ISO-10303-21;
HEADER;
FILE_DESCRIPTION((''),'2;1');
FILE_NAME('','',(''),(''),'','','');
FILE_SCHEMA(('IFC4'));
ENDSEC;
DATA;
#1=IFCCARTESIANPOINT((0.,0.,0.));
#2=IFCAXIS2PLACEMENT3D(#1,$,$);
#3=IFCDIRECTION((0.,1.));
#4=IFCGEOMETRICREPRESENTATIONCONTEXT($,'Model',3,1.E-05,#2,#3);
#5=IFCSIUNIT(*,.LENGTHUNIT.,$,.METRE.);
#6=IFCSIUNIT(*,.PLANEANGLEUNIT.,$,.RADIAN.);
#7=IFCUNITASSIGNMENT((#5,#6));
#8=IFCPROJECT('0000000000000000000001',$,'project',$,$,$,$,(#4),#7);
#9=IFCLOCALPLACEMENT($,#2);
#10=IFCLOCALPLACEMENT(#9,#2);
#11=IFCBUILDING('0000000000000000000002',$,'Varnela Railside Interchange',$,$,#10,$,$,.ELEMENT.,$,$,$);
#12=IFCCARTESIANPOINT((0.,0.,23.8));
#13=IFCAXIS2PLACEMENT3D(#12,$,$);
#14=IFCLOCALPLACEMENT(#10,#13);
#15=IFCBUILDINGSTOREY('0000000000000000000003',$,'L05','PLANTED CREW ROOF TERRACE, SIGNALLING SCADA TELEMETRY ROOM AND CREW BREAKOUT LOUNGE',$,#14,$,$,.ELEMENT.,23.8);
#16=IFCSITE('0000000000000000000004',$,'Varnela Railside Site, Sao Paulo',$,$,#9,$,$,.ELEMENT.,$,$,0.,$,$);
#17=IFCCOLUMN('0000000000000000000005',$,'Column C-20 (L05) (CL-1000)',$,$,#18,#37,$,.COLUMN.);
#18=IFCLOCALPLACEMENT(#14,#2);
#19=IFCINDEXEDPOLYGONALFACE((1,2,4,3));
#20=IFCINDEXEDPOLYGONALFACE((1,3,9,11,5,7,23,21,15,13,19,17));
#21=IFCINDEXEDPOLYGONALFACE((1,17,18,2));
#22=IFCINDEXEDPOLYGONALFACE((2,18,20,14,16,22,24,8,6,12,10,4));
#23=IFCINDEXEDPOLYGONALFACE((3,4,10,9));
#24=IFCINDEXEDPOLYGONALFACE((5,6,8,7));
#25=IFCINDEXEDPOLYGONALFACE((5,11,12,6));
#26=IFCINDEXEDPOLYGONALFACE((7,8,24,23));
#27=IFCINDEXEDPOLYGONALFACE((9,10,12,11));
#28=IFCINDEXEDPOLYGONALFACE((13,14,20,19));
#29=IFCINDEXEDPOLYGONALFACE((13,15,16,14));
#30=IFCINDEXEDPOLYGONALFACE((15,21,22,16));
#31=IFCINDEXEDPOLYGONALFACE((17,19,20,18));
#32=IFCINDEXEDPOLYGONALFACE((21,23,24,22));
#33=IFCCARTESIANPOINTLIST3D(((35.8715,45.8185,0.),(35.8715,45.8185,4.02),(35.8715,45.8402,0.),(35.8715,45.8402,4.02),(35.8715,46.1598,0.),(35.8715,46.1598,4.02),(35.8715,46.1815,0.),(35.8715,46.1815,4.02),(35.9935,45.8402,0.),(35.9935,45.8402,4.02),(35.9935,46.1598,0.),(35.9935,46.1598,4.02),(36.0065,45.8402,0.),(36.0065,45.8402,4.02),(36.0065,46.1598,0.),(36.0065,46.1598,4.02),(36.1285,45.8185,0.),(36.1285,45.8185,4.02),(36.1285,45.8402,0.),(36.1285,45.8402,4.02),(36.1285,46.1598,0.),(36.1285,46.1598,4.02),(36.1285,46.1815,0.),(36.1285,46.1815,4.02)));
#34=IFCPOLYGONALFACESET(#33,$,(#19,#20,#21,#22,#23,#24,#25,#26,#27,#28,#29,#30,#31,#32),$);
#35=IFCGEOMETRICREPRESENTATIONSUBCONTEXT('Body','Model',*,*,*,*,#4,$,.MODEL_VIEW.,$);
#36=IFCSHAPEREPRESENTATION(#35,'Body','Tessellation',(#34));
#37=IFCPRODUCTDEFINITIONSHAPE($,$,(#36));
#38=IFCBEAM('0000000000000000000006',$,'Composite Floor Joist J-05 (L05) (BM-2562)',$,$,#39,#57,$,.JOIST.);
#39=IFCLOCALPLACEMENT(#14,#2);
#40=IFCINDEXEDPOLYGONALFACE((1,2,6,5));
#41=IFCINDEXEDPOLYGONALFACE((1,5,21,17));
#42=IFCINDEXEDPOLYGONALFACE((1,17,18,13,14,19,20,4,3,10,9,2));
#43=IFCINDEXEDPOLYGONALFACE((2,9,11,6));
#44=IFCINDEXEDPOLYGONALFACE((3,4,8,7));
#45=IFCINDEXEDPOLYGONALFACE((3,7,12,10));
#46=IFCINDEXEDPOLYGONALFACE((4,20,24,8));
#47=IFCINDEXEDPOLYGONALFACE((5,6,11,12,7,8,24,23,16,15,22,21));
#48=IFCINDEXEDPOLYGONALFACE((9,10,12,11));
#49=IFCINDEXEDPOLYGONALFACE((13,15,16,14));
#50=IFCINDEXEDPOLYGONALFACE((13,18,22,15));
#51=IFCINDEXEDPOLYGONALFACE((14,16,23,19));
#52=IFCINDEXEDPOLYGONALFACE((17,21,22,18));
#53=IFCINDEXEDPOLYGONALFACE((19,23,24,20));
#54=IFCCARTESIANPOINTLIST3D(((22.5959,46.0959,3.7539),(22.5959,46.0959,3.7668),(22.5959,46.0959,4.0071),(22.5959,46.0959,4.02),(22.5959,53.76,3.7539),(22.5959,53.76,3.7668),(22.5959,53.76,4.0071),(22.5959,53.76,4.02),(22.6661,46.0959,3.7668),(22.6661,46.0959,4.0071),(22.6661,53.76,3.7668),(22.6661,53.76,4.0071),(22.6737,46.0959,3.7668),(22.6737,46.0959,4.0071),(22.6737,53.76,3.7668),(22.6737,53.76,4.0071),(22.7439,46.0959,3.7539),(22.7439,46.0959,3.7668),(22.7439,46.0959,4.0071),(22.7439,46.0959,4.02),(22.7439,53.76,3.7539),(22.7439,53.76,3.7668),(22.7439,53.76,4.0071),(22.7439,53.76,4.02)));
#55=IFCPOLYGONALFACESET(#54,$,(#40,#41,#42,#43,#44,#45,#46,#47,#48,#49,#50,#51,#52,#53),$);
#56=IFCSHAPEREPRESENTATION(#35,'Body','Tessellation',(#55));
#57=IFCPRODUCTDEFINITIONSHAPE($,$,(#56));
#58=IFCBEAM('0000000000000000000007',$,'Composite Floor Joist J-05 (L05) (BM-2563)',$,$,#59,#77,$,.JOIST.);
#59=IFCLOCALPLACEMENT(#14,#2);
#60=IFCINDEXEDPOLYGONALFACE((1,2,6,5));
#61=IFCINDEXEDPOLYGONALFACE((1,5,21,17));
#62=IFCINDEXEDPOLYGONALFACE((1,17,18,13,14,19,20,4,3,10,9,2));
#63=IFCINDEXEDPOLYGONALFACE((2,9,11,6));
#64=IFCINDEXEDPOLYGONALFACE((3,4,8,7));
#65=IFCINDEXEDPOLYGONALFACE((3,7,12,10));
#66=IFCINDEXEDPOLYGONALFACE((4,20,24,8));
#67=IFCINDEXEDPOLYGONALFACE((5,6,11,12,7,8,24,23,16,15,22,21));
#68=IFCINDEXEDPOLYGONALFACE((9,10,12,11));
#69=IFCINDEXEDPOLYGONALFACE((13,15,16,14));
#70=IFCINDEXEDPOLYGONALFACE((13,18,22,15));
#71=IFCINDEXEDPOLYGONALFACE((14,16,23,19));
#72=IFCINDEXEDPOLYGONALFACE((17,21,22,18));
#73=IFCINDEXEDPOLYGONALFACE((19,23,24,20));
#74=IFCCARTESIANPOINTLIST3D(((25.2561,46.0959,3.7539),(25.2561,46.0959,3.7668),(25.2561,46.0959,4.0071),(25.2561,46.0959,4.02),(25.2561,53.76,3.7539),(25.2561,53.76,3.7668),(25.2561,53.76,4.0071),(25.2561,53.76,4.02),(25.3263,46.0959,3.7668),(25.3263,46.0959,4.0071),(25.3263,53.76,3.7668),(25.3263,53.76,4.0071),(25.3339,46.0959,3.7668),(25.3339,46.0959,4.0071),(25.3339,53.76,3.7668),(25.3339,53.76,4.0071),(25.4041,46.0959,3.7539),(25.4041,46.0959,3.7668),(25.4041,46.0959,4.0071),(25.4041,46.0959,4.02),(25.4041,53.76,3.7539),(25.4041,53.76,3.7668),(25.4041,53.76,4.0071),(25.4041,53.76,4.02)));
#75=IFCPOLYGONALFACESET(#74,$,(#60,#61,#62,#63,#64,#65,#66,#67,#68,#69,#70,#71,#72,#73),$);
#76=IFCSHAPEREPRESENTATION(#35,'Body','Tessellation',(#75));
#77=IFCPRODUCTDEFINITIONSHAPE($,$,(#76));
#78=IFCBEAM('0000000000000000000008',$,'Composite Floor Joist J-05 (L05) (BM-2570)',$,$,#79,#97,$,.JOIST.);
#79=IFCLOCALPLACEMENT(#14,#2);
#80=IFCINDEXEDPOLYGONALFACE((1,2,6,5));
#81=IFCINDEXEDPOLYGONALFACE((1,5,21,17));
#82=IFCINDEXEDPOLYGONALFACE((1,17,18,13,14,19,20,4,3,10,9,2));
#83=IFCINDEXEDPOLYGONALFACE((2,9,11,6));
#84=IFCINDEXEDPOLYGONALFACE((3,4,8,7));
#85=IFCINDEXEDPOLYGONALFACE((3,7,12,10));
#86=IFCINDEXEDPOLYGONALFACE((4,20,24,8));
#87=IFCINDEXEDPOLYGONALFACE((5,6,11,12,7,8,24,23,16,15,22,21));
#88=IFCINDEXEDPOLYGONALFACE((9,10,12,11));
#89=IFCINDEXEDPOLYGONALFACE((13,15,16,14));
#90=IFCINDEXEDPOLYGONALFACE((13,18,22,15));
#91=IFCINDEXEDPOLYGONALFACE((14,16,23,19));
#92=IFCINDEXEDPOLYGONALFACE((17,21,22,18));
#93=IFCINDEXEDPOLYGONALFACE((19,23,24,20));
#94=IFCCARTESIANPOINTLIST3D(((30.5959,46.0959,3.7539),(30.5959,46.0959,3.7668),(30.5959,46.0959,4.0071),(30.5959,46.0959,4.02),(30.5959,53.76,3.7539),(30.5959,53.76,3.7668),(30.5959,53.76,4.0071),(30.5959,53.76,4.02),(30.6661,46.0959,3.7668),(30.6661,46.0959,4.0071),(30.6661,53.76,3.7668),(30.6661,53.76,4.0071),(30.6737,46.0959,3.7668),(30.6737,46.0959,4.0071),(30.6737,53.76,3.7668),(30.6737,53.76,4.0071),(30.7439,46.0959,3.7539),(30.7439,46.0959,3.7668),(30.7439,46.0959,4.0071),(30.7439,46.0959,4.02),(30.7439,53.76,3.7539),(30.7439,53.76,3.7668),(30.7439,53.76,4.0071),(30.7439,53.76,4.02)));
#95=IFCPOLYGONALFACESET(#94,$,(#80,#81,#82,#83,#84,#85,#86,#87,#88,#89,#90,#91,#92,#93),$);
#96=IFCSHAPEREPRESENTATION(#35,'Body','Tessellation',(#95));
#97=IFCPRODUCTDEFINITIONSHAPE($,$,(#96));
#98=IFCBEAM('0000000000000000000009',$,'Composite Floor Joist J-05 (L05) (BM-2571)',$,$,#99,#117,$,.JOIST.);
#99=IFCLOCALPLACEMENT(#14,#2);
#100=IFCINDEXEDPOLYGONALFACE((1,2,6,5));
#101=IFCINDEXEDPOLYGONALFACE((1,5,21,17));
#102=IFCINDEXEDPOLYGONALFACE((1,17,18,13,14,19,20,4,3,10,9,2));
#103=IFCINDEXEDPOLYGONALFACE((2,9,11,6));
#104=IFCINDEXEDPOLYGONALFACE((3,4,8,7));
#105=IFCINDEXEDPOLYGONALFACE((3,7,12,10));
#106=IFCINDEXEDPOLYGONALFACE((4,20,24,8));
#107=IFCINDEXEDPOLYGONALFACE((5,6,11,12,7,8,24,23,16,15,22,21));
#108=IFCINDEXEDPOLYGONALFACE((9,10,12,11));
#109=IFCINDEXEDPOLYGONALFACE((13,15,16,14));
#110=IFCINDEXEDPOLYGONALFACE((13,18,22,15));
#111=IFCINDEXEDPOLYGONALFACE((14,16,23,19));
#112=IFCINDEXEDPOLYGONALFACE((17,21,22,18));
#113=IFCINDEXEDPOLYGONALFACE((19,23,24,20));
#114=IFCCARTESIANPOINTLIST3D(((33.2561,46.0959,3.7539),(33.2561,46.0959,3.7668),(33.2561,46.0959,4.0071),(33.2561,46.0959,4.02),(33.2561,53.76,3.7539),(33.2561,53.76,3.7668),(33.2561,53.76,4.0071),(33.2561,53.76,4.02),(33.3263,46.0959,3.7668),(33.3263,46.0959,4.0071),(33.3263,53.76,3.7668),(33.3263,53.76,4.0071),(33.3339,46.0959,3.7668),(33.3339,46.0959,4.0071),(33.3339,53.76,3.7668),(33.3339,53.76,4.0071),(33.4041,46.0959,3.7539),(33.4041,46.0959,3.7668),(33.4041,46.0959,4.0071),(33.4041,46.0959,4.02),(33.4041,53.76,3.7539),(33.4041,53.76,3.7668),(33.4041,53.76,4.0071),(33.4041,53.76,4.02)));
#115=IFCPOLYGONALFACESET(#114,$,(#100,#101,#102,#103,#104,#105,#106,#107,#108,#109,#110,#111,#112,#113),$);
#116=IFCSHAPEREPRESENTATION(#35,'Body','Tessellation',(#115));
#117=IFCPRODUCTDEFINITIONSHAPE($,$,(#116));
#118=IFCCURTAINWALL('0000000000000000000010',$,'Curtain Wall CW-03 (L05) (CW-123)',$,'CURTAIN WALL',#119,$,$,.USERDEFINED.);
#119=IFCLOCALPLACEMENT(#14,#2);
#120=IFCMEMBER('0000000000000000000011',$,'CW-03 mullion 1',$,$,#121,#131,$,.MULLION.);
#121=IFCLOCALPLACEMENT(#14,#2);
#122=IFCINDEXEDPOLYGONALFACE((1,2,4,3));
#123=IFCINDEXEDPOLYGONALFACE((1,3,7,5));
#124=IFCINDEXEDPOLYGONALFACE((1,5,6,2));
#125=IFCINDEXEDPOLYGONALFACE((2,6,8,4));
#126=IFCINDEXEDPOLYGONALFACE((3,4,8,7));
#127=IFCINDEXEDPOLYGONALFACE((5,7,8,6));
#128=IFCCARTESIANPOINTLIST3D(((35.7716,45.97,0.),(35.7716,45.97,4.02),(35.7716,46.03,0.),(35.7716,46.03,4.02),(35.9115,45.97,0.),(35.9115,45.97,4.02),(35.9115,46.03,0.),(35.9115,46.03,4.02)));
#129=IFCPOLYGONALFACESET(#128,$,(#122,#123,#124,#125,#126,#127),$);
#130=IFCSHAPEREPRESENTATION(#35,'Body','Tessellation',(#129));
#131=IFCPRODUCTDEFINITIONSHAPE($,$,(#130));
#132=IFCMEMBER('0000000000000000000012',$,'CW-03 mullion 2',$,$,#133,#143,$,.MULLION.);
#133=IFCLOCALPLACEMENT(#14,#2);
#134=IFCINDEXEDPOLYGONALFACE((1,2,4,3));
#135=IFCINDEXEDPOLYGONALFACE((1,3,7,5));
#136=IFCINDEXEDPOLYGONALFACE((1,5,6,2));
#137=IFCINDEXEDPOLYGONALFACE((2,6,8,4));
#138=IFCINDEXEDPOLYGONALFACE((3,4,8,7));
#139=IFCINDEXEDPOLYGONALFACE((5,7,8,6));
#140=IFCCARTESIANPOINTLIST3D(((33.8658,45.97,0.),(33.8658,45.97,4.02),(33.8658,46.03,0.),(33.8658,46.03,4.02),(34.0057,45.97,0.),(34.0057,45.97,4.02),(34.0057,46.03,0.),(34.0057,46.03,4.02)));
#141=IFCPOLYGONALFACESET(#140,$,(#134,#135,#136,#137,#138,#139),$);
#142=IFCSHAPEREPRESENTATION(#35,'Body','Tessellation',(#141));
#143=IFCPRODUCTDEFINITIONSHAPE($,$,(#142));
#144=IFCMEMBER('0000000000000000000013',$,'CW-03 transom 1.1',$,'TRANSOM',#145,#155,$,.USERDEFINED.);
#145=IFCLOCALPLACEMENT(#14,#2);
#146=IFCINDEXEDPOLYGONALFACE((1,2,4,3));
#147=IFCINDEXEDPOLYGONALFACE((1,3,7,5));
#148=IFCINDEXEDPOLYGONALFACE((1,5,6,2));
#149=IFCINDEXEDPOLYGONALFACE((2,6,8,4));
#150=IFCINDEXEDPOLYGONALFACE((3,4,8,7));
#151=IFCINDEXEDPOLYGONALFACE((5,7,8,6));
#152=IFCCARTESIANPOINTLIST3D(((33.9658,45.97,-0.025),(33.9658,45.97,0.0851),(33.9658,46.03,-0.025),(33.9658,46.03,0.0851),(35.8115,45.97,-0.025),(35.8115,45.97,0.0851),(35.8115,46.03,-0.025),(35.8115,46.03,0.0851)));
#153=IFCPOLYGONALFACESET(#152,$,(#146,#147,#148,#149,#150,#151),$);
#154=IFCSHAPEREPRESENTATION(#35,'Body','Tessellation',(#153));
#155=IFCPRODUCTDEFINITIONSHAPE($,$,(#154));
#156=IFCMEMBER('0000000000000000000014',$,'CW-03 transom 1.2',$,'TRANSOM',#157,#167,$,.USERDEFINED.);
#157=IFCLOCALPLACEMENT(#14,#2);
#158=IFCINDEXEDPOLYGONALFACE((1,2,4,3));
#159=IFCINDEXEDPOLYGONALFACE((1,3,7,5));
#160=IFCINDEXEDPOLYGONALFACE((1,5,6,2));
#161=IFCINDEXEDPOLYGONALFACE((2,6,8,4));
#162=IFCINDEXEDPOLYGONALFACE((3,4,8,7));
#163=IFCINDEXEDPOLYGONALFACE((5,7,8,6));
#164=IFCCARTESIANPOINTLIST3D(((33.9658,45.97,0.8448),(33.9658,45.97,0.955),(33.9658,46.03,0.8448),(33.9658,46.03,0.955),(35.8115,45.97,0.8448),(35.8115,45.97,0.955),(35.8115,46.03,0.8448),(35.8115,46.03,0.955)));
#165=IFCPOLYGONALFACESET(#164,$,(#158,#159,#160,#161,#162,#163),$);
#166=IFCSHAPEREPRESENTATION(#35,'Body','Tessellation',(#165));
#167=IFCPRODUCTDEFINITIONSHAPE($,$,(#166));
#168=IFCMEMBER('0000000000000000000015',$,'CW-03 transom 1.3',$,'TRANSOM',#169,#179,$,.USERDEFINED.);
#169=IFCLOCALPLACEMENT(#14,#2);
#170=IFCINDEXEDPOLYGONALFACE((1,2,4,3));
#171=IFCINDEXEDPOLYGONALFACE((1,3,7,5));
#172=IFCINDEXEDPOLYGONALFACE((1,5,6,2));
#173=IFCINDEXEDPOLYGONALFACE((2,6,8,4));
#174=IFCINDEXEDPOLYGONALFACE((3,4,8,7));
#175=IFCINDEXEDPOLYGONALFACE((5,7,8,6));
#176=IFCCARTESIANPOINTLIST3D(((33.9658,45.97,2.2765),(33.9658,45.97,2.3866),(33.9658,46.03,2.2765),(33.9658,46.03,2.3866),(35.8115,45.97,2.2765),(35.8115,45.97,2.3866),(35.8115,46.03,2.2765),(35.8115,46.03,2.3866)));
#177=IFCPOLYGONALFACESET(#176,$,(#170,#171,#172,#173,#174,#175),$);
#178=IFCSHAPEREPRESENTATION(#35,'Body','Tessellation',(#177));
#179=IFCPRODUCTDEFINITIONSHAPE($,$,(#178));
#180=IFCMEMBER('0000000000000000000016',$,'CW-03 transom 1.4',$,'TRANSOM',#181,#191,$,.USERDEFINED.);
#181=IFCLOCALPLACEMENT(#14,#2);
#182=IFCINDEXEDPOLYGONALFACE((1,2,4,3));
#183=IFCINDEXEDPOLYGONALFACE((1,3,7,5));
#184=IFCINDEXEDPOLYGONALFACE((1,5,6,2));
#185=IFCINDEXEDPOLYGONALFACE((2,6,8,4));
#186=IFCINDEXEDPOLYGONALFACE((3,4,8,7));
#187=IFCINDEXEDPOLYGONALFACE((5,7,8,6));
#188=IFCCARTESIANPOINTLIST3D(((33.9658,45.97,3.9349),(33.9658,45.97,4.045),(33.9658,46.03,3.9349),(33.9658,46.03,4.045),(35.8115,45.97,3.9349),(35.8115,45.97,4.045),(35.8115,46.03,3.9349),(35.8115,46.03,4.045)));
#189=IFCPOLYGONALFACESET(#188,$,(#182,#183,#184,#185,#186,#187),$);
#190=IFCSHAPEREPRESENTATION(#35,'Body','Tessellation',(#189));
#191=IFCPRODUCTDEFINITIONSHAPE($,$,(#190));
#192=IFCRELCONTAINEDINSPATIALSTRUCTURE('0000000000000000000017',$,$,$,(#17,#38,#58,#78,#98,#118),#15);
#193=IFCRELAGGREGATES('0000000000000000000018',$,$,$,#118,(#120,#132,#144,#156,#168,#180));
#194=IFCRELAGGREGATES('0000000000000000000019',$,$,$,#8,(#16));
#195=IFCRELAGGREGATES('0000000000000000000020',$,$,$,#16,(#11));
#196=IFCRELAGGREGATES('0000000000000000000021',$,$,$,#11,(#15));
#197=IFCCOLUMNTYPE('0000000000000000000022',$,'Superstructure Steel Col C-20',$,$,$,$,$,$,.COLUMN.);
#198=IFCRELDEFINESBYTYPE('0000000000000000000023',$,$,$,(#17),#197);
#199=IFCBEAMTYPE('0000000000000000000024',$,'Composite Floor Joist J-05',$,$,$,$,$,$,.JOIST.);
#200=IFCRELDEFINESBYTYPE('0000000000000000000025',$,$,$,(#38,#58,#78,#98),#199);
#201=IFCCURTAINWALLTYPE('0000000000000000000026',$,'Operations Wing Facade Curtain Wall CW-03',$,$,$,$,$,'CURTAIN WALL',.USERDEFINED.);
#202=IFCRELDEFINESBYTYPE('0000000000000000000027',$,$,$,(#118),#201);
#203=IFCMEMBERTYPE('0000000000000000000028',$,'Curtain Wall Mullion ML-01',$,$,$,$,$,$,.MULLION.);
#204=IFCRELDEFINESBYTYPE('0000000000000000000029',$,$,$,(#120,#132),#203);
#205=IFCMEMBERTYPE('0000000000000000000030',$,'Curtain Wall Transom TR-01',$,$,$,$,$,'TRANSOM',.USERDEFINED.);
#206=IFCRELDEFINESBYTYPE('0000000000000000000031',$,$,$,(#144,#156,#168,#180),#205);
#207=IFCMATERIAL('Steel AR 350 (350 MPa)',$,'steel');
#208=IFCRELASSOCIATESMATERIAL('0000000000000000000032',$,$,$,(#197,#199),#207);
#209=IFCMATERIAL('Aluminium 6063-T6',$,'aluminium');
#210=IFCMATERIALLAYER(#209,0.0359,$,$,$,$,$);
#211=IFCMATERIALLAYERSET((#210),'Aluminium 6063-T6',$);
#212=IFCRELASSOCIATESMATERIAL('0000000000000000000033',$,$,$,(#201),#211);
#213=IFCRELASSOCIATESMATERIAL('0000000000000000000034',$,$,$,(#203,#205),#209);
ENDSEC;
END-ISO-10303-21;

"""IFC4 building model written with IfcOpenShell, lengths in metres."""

from ifc_helpers import new_model, si_unit, direction, frame, origin, origin_2d, place, context, subcontext, project, spatial, rectangle, i_section, extrude, material, layer, layer_set, material_profile, profile_set, type_object, element, aggregate, save


model = new_model("IFC4")

# Units and contexts
model_context = context("Model", 3, precision=1e-05, world=origin(), true_north=direction((0.0, 1.0)))
body_context = subcontext(model_context, "Body", "Model", "MODEL_VIEW")
ifc_project = project(units=[si_unit("LENGTHUNIT", "METRE"), si_unit("PLANEANGLEUNIT", "RADIAN")], contexts=[model_context])

# Site, building, storey
site_placement = place(None, origin())
site = spatial("IfcSite", under=ifc_project, at=site_placement, Name="Varnela Railside Site, Sao Paulo", CompositionType="ELEMENT", RefElevation=0.0)
building_placement = place(site_placement, origin())
building = spatial("IfcBuilding", under=site, at=building_placement, Name="Varnela Railside Interchange", CompositionType="ELEMENT")
storey_placement = place(building_placement, frame((0.0, 0.0, 23.8)))
storey = spatial("IfcBuildingStorey", under=building, at=storey_placement, Name="L05", Description="PLANTED CREW ROOF TERRACE, SIGNALLING SCADA TELEMETRY ROOM AND CREW BREAKOUT LOUNGE", CompositionType="ELEMENT", Elevation=23.8)

# Column
ifc_material_1 = material(Name="Steel AR 350 (350 MPa)", Category="steel")
ifc_material_profile_1 = material_profile(ifc_material_1, i_section(OverallWidth=0.2571, OverallDepth=0.363, WebThickness=0.0129, FlangeThickness=0.0217, at=origin_2d()), Name="W360x122")
ifc_profile_set_1 = profile_set([ifc_material_profile_1], Name="Steel AR 350 (350 MPa)")
column_type = type_object("IfcColumnType", Name="Superstructure Steel Col C-20", PredefinedType="COLUMN", material=ifc_profile_set_1)
column_placement = place(storey_placement, frame((36.0, 46.0, 0.0), z_axis=(0.0, 0.0, 1.0), x_axis=(1.0, 0.0, 0.0)))
element("IfcColumn", 1, at=column_placement, inside=storey, type_object=column_type, Name="Column C-20 (L05) (CL-1000)", PredefinedType="COLUMN", context=body_context, shape_type="SweptSolid", body=[
    extrude(i_section(OverallWidth=0.2571, OverallDepth=0.363, WebThickness=0.0129, FlangeThickness=0.0217, at=origin_2d()), origin(), (0.0, 0.0, 1.0), 4.02),
])

# Beams
ifc_material_profile_2 = material_profile(ifc_material_1, i_section(OverallWidth=0.1479, OverallDepth=0.2661, WebThickness=0.0076, FlangeThickness=0.0129, at=origin_2d()), Name="W250x44.8")
ifc_profile_set_2 = profile_set([ifc_material_profile_2], Name="Steel AR 350 (350 MPa)")
beam_type_1 = type_object("IfcBeamType", Name="Composite Floor Joist J-05", PredefinedType="JOIST", material=ifc_profile_set_2)
for number, where, z_axis, x_axis, name in (
    (2, (22.6699, 46.0959, 3.887), (0.0, 1.0, 0.0), (-1.0, 0.0, 0.0), "Composite Floor Joist J-05 (L05) (BM-2562)"),
    (3, (25.3301, 46.0959, 3.887), (0.0, 1.0, 0.0), (-1.0, 0.0, 0.0), "Composite Floor Joist J-05 (L05) (BM-2563)"),
    (4, (30.6699, 46.0959, 3.887), (0.0, 1.0, 0.0), (-1.0, 0.0, 0.0), "Composite Floor Joist J-05 (L05) (BM-2570)"),
    (5, (33.3301, 46.0959, 3.887), (0.0, 1.0, 0.0), (-1.0, 0.0, 0.0), "Composite Floor Joist J-05 (L05) (BM-2571)"),
):
    element("IfcBeam", number, at=place(storey_placement, frame(where, z_axis=z_axis, x_axis=x_axis)), inside=storey, type_object=beam_type_1, Name=name, PredefinedType="JOIST", context=body_context, shape_type="SweptSolid", body=[
        extrude(i_section(OverallWidth=0.1479, OverallDepth=0.2661, WebThickness=0.0076, FlangeThickness=0.0129, at=origin_2d()), origin(), (0.0, 0.0, 1.0), 7.6641),
    ])

# Curtain wall, members
ifc_material_2 = material(Name="Aluminium 6063-T6", Category="aluminium")
ifc_layer_1 = layer(ifc_material_2, 0.0359)
ifc_layer_set_1 = layer_set([ifc_layer_1], Name="Aluminium 6063-T6")
curtain_wall_type = type_object("IfcCurtainWallType", Name="Operations Wing Facade Curtain Wall CW-03", ElementType="CURTAIN WALL", PredefinedType="USERDEFINED", material=ifc_layer_set_1)
curtain_wall_placement = place(storey_placement, origin())
curtain_wall = element("IfcCurtainWall", 6, at=curtain_wall_placement, inside=storey, type_object=curtain_wall_type, Name="Curtain Wall CW-03 (L05) (CW-123)", ObjectType="CURTAIN WALL", PredefinedType="USERDEFINED")
ifc_material_profile_3 = material_profile(ifc_material_2, rectangle(XDim=0.0601, YDim=0.1399, at=origin_2d()), Name="ALU 60x140")
ifc_profile_set_3 = profile_set([ifc_material_profile_3], Name="Aluminium 6063-T6")
member_type_1 = type_object("IfcMemberType", Name="Curtain Wall Mullion ML-01", PredefinedType="MULLION", material=ifc_profile_set_3)
member_1_placement = place(storey_placement, frame((35.8416, 46.0, 0.0), z_axis=(0.0, 0.0, 1.0), x_axis=(0.0, -1.0, 0.0)))
member_1 = element("IfcMember", 7, at=member_1_placement, type_object=member_type_1, Name="CW-03 mullion 1", PredefinedType="MULLION", context=body_context, shape_type="SweptSolid", body=[
    extrude(rectangle(XDim=0.0601, YDim=0.1399, at=origin_2d()), origin(), (0.0, 0.0, 1.0), 4.02),
])
member_2_placement = place(storey_placement, frame((33.9358, 46.0, 0.0), z_axis=(0.0, 0.0, 1.0), x_axis=(0.0, -1.0, 0.0)))
member_2 = element("IfcMember", 8, at=member_2_placement, type_object=member_type_1, Name="CW-03 mullion 2", PredefinedType="MULLION", context=body_context, shape_type="SweptSolid", body=[
    extrude(rectangle(XDim=0.0601, YDim=0.1399, at=origin_2d()), origin(), (0.0, 0.0, 1.0), 4.02),
])
ifc_material_profile_4 = material_profile(ifc_material_2, rectangle(XDim=0.0601, YDim=0.1101, at=origin_2d()), Name="ALU 60x110")
ifc_profile_set_4 = profile_set([ifc_material_profile_4], Name="Aluminium 6063-T6")
member_type_2 = type_object("IfcMemberType", Name="Curtain Wall Transom TR-01", ElementType="TRANSOM", PredefinedType="USERDEFINED", material=ifc_profile_set_4)
member_3_placement = place(storey_placement, frame((35.8115, 46.0, 0.03), z_axis=(-1.0, 0.0, 0.0), x_axis=(0.0, -1.0, 0.0)))
member_3 = element("IfcMember", 9, at=member_3_placement, type_object=member_type_2, Name="CW-03 transom 1.1", ObjectType="TRANSOM", PredefinedType="USERDEFINED", context=body_context, shape_type="SweptSolid", body=[
    extrude(rectangle(XDim=0.0601, YDim=0.1101, at=origin_2d()), origin(), (0.0, 0.0, 1.0), 1.8457),
])
member_4_placement = place(storey_placement, frame((35.8115, 46.0, 0.8999), z_axis=(-1.0, 0.0, 0.0), x_axis=(0.0, -1.0, 0.0)))
member_4 = element("IfcMember", 10, at=member_4_placement, type_object=member_type_2, Name="CW-03 transom 1.2", ObjectType="TRANSOM", PredefinedType="USERDEFINED", context=body_context, shape_type="SweptSolid", body=[
    extrude(rectangle(XDim=0.0601, YDim=0.1101, at=origin_2d()), origin(), (0.0, 0.0, 1.0), 1.8457),
])
member_5_placement = place(storey_placement, frame((35.8115, 46.0, 2.3315), z_axis=(-1.0, 0.0, 0.0), x_axis=(0.0, -1.0, 0.0)))
member_5 = element("IfcMember", 11, at=member_5_placement, type_object=member_type_2, Name="CW-03 transom 1.3", ObjectType="TRANSOM", PredefinedType="USERDEFINED", context=body_context, shape_type="SweptSolid", body=[
    extrude(rectangle(XDim=0.0601, YDim=0.1101, at=origin_2d()), origin(), (0.0, 0.0, 1.0), 1.8457),
])
member_6_placement = place(storey_placement, frame((35.8115, 46.0, 3.99), z_axis=(-1.0, 0.0, 0.0), x_axis=(0.0, -1.0, 0.0)))
member_6 = element("IfcMember", 12, at=member_6_placement, type_object=member_type_2, Name="CW-03 transom 1.4", ObjectType="TRANSOM", PredefinedType="USERDEFINED", context=body_context, shape_type="SweptSolid", body=[
    extrude(rectangle(XDim=0.0601, YDim=0.1101, at=origin_2d()), origin(), (0.0, 0.0, 1.0), 1.8457),
])

aggregate(curtain_wall, [member_1, member_2, member_3, member_4, member_5, member_6])

save(model, "model.ifc")
